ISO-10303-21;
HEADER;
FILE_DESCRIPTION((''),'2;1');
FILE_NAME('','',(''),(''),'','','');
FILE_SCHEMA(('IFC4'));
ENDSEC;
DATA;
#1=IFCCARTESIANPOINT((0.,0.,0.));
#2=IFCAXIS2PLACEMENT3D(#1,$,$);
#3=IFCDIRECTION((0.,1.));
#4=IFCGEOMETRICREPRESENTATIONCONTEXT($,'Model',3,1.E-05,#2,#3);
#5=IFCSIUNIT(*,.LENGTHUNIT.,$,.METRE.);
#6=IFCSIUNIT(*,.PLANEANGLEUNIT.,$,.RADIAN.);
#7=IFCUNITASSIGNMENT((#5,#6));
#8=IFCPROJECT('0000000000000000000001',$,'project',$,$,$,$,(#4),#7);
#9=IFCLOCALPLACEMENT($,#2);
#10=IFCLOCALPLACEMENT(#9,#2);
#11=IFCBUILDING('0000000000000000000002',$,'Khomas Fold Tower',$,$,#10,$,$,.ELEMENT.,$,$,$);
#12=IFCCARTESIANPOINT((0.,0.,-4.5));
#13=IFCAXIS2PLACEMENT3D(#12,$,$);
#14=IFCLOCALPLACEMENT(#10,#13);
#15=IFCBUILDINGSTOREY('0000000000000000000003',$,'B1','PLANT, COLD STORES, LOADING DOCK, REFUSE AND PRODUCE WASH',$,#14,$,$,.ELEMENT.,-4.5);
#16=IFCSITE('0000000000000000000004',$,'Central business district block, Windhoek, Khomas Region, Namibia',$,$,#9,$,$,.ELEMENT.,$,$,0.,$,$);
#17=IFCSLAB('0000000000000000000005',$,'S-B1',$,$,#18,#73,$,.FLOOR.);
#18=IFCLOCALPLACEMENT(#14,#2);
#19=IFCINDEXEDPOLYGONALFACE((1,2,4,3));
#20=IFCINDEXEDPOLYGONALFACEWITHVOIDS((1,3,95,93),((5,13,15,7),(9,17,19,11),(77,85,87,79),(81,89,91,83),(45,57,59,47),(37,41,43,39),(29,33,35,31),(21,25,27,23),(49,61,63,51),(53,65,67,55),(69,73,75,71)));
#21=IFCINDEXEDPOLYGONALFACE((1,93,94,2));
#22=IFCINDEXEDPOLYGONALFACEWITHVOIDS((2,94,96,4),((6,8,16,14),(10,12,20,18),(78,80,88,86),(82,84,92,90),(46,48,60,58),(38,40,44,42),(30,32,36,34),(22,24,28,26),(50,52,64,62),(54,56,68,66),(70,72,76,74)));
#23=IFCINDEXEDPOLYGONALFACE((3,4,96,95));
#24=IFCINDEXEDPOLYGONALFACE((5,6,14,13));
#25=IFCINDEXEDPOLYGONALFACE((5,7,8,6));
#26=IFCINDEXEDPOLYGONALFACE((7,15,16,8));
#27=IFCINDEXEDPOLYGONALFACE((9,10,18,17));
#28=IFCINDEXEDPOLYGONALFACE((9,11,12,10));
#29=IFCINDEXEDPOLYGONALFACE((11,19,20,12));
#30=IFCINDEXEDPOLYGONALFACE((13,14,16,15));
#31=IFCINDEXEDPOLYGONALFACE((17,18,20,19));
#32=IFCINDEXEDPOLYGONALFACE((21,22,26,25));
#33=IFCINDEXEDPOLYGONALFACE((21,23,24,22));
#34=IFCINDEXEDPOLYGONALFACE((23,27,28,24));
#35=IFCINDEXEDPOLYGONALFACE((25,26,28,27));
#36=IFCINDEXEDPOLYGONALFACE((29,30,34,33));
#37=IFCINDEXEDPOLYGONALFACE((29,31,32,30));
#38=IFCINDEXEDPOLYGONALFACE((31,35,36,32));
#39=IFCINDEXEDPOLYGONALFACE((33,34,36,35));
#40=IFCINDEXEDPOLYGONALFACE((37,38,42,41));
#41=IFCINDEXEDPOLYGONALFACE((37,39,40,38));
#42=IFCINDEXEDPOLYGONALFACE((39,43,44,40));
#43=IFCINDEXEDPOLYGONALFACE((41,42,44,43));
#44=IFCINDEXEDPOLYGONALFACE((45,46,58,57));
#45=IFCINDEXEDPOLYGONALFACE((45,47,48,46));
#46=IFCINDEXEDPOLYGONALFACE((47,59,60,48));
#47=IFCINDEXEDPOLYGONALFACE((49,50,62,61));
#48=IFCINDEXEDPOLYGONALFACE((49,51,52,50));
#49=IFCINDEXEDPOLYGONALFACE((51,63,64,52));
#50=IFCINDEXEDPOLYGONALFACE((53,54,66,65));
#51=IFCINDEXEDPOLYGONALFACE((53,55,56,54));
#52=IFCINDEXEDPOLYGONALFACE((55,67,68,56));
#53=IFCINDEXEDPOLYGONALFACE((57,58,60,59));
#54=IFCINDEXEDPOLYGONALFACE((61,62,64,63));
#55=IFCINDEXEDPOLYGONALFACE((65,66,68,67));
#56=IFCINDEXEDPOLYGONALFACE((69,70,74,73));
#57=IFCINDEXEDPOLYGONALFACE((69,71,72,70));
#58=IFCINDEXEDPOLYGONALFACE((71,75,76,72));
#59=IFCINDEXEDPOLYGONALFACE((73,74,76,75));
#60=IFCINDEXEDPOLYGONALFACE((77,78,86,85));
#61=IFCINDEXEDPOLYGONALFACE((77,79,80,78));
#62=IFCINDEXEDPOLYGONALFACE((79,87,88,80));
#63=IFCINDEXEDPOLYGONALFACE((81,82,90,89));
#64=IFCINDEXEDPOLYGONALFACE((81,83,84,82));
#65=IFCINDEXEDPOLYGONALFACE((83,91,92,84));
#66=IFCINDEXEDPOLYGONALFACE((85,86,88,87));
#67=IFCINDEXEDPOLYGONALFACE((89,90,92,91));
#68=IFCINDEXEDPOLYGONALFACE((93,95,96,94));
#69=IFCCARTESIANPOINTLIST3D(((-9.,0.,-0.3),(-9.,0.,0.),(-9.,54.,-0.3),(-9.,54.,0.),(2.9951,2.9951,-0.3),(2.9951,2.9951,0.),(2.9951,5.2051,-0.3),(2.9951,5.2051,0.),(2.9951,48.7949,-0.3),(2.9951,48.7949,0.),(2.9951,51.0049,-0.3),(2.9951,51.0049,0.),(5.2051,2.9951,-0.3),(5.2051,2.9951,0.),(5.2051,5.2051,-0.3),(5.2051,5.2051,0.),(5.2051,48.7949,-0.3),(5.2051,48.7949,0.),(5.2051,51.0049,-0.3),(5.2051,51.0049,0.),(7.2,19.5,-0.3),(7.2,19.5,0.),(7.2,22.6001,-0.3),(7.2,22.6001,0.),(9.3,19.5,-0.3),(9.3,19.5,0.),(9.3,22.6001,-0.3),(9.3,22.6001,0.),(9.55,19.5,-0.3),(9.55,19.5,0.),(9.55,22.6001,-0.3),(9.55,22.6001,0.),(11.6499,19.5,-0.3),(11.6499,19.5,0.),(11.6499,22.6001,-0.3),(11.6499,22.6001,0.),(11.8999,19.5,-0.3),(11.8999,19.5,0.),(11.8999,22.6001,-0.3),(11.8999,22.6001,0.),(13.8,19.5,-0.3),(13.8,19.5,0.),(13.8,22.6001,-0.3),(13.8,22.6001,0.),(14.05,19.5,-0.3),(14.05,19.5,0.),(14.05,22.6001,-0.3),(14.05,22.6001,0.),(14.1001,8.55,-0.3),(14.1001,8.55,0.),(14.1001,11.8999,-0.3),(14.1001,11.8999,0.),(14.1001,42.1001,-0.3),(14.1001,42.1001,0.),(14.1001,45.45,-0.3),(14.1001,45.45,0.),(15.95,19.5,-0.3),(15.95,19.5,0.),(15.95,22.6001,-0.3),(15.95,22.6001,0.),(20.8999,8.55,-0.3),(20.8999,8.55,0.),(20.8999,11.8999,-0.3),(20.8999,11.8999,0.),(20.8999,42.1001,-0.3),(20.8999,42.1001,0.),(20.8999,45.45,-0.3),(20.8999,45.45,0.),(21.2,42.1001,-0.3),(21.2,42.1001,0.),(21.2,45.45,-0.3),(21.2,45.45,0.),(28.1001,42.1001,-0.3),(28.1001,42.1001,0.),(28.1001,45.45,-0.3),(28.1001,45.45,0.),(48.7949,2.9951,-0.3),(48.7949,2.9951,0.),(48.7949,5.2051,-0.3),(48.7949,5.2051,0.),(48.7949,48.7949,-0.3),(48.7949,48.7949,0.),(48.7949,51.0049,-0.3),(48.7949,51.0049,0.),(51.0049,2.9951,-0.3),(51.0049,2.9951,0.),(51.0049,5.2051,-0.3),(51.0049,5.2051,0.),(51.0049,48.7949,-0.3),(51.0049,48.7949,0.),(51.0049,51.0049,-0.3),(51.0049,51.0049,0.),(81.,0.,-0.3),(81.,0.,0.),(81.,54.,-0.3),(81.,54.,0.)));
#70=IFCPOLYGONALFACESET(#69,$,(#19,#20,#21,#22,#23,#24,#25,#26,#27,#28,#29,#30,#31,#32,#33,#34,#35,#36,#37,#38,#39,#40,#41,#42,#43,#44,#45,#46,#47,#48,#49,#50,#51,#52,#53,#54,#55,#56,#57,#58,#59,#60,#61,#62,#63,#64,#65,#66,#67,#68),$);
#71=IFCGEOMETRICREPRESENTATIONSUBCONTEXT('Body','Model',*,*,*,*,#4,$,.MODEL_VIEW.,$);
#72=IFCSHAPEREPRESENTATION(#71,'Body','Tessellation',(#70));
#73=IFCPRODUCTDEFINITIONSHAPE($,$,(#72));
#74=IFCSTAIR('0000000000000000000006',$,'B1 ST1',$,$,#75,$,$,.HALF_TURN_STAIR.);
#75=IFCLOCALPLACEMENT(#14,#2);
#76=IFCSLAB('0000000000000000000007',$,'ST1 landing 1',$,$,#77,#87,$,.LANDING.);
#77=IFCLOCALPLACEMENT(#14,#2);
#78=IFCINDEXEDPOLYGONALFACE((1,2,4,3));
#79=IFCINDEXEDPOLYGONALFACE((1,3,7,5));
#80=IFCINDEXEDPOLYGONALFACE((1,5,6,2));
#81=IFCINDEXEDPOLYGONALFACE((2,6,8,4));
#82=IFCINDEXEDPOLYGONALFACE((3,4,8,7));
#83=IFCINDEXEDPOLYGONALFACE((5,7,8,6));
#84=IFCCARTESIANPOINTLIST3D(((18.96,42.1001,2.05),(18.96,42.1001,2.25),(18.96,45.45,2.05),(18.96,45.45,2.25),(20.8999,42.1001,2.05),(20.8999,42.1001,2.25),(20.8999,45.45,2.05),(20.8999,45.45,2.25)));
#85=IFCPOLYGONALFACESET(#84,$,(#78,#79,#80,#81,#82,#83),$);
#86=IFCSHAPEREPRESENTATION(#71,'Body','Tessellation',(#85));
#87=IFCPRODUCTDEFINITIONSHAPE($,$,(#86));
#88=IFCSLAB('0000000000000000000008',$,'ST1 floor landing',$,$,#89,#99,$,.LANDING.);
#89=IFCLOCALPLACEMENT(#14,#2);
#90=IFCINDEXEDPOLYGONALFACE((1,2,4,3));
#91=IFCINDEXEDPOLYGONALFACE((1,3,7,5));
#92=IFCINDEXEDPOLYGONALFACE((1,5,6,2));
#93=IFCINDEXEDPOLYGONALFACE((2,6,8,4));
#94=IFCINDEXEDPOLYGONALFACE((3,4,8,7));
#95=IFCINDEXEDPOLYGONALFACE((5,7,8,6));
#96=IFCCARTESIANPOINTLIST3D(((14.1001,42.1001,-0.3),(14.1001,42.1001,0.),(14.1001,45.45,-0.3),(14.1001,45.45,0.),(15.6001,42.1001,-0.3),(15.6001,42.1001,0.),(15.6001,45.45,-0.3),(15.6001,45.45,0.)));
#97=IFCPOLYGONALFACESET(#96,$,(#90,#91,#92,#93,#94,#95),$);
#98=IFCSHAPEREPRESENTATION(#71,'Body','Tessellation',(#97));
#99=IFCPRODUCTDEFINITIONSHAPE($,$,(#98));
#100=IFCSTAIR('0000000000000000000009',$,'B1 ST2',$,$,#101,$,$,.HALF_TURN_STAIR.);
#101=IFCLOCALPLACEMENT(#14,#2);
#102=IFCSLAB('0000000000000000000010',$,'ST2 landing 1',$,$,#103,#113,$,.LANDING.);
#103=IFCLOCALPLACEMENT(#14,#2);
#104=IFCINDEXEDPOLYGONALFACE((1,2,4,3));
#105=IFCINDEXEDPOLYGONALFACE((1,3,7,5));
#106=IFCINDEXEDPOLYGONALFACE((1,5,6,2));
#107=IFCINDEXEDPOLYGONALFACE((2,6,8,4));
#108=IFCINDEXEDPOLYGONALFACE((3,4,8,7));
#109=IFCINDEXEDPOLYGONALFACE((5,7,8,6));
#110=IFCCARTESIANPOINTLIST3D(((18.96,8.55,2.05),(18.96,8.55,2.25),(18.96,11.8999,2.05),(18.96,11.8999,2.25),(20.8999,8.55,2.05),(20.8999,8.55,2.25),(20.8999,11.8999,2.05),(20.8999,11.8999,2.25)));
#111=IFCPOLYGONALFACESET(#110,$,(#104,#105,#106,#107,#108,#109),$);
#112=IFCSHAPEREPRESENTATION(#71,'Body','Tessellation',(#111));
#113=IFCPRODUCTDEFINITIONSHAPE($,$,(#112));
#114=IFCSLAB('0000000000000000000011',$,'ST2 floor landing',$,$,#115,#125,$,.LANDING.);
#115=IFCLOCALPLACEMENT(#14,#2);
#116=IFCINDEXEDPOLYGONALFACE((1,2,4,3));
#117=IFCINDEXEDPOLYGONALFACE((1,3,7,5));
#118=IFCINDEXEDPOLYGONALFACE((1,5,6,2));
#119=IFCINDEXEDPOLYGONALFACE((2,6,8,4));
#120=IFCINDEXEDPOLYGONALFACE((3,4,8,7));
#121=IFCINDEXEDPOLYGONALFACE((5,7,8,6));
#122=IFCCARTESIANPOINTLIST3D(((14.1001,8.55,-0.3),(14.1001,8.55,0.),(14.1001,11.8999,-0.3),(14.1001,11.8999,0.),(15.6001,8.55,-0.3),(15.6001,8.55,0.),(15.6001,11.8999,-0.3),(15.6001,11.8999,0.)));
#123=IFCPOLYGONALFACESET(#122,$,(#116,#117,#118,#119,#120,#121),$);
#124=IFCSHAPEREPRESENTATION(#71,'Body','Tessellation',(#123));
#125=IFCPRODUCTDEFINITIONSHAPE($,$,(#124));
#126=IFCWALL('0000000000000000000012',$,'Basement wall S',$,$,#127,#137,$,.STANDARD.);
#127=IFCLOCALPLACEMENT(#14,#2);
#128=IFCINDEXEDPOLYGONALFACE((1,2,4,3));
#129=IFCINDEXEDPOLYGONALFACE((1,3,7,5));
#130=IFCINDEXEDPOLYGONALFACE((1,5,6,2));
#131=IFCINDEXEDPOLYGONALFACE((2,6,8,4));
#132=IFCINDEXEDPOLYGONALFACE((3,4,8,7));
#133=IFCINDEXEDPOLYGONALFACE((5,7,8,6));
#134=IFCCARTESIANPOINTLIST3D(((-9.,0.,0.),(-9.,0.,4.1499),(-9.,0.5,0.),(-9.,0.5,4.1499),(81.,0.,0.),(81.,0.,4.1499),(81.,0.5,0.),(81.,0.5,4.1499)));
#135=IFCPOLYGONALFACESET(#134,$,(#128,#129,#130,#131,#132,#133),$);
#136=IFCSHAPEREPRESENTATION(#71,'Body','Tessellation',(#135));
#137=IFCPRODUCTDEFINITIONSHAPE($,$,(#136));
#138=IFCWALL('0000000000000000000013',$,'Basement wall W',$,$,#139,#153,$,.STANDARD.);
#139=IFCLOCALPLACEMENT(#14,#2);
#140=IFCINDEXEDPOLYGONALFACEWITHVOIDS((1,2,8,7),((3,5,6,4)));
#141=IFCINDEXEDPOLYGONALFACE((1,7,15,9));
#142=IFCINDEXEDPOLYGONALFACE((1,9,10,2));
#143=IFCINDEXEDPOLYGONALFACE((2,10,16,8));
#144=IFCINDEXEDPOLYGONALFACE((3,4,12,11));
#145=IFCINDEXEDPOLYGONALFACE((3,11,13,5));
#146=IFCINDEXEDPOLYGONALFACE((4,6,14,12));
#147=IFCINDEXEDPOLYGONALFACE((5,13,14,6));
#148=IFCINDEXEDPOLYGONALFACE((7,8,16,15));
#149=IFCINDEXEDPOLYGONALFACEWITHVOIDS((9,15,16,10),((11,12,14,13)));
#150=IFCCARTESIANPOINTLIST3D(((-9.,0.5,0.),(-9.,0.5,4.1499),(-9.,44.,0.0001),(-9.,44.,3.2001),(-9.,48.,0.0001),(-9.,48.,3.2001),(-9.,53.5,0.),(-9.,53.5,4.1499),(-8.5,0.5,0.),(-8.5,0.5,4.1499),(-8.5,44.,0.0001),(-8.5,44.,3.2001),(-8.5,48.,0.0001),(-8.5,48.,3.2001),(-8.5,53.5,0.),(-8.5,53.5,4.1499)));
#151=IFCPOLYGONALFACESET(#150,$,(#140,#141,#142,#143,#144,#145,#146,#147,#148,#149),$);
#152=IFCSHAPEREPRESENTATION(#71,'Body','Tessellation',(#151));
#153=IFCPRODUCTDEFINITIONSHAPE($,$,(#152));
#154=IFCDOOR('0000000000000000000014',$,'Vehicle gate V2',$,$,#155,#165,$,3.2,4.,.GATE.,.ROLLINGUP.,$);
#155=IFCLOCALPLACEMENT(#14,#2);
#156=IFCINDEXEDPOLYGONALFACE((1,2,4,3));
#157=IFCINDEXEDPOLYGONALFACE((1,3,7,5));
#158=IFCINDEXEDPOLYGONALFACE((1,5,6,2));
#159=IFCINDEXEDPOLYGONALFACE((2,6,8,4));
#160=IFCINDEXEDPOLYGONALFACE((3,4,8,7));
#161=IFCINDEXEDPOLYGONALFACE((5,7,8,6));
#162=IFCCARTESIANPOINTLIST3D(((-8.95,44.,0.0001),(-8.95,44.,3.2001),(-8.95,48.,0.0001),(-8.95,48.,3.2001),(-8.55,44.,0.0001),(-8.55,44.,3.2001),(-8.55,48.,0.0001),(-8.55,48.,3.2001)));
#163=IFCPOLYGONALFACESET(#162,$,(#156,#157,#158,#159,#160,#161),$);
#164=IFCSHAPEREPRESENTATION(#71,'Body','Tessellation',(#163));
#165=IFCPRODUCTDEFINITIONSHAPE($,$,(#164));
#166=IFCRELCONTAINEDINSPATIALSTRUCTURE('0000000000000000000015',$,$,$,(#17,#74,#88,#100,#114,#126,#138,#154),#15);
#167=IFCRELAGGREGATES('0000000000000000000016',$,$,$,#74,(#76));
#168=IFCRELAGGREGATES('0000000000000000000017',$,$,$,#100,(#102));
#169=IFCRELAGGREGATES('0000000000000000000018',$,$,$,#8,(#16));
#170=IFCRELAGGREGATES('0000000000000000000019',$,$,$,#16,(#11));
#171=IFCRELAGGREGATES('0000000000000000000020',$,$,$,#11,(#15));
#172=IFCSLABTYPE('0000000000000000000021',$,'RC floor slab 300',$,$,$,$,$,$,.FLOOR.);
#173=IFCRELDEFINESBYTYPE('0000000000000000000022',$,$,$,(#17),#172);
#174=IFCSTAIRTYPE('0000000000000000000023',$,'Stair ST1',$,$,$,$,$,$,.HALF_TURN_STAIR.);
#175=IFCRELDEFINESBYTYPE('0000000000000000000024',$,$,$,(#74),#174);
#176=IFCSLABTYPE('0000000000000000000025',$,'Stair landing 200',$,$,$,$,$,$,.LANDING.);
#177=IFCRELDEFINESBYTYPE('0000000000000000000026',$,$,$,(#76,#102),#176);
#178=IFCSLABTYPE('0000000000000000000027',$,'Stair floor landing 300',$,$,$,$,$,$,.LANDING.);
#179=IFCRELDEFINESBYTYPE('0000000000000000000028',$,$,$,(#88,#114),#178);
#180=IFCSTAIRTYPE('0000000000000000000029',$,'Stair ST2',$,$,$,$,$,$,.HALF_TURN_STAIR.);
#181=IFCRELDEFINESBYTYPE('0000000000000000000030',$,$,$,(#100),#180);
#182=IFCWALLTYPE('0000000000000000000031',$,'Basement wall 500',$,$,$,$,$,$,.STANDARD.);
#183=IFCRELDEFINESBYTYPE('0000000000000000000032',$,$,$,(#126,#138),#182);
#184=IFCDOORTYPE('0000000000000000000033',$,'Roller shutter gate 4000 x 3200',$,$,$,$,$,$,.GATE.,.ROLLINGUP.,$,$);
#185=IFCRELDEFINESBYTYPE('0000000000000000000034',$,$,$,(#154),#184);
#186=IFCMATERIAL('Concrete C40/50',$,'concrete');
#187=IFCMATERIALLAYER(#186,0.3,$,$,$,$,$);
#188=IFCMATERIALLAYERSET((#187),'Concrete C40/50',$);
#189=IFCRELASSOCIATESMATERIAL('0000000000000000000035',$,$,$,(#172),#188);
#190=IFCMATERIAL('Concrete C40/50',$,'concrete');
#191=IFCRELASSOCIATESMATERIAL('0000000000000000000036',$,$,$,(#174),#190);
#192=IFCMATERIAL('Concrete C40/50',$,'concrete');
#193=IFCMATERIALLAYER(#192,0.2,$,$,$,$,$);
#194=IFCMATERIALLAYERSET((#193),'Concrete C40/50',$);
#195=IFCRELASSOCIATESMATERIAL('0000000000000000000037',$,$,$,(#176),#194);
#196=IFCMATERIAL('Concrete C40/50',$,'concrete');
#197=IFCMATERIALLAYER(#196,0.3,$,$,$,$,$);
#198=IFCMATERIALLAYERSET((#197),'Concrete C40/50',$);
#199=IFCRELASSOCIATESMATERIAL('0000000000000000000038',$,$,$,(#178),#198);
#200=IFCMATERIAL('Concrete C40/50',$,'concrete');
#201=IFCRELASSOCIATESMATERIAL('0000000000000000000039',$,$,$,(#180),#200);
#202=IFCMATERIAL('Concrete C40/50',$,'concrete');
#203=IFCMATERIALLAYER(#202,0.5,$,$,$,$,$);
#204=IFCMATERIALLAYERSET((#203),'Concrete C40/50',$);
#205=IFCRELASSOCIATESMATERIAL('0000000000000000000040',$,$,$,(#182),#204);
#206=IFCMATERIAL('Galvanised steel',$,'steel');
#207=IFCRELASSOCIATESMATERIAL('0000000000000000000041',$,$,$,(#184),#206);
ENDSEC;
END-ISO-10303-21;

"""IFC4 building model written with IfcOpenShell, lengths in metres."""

from ifc_helpers import new_model, si_unit, direction, frame, frame_2d, origin, place, context, subcontext, project, spatial, polyline, rectangle, outline, extrude, source, transform, mapped, material, layer, layer_set, type_object, element, fill, aggregate, save


model = new_model("IFC4")

# Units and contexts
model_context = context("Model", 3, precision=1e-05, world=origin(), true_north=direction((0.0, 1.0)))
body_context = subcontext(model_context, "Body", "Model", "MODEL_VIEW")
ifc_project = project(units=[si_unit("LENGTHUNIT", "METRE"), si_unit("PLANEANGLEUNIT", "RADIAN")], contexts=[model_context])

# Site, building, storey
site_placement = place(None, origin())
site = spatial("IfcSite", under=ifc_project, at=site_placement, Name="Central business district block, Windhoek, Khomas Region, Namibia", CompositionType="ELEMENT", RefElevation=0.0)
building_placement = place(site_placement, origin())
building = spatial("IfcBuilding", under=site, at=building_placement, Name="Khomas Fold Tower", CompositionType="ELEMENT")
storey_placement = place(building_placement, frame((0.0, 0.0, -4.5)))
storey = spatial("IfcBuildingStorey", under=building, at=storey_placement, Name="B1", Description="PLANT, COLD STORES, LOADING DOCK, REFUSE AND PRODUCE WASH", CompositionType="ELEMENT", Elevation=-4.5)

# Slab
ifc_material_1 = material(Name="Concrete C40/50", Category="concrete")
ifc_layer_1 = layer(ifc_material_1, 0.3)
ifc_layer_set_1 = layer_set([ifc_layer_1], Name="Concrete C40/50")
slab_type_1 = type_object("IfcSlabType", Name="RC floor slab 300", PredefinedType="FLOOR", material=ifc_layer_set_1)
shared_shape_1 = source(origin(), body_context, "Body", "SweptSolid", [
    extrude(outline(polyline([(-9.0, 0.0), (81.0, 0.0), (81.0, 54.0), (-9.0, 54.0), (-9.0, 0.0)]), holes=[polyline([(2.9951, 2.9951), (2.9951, 5.2051), (5.2051, 5.2051), (5.2051, 2.9951), (2.9951, 2.9951)]), polyline([(2.9951, 48.7949), (2.9951, 51.0049), (5.2051, 51.0049), (5.2051, 48.7949), (2.9951, 48.7949)]), polyline([(7.2, 19.5), (7.2, 22.6001), (9.3, 22.6001), (9.3, 19.5), (7.2, 19.5)]), polyline([(9.55, 19.5), (9.55, 22.6001), (11.6499, 22.6001), (11.6499, 19.5), (9.55, 19.5)]), polyline([(11.8999, 19.5), (11.8999, 22.6001), (13.8, 22.6001), (13.8, 19.5), (11.8999, 19.5)]), polyline([(14.05, 19.5), (14.05, 22.6001), (15.95, 22.6001), (15.95, 19.5), (14.05, 19.5)]), polyline([(14.1001, 8.55), (14.1001, 11.8999), (20.8999, 11.8999), (20.8999, 8.55), (14.1001, 8.55)]), polyline([(14.1001, 42.1001), (14.1001, 45.45), (20.8999, 45.45), (20.8999, 42.1001), (14.1001, 42.1001)]), polyline([(21.2, 42.1001), (21.2, 45.45), (28.1001, 45.45), (28.1001, 42.1001), (21.2, 42.1001)]), polyline([(48.7949, 2.9951), (48.7949, 5.2051), (51.0049, 5.2051), (51.0049, 2.9951), (48.7949, 2.9951)]), polyline([(48.7949, 48.7949), (48.7949, 51.0049), (51.0049, 51.0049), (51.0049, 48.7949), (48.7949, 48.7949)])]), origin(), (0.0, 0.0, 1.0), 0.3),
])
slab_1_placement = place(storey_placement, frame((0.0, 0.0, -0.3)))
element("IfcSlab", 1, at=slab_1_placement, inside=storey, type_object=slab_type_1, Name="S-B1", PredefinedType="FLOOR", context=body_context, shape_type="MappedRepresentation", body=[
    mapped(shared_shape_1, transform((0.0, 0.0, 0.0))),
])

# Stair, slab
ifc_material_2 = material(Name="Concrete C40/50", Category="concrete")
stair_type_1 = type_object("IfcStairType", Name="Stair ST1", PredefinedType="HALF_TURN_STAIR", material=ifc_material_2)
stair_1_placement = place(storey_placement, origin())
stair_1 = element("IfcStair", 2, at=stair_1_placement, inside=storey, type_object=stair_type_1, Name="B1 ST1", PredefinedType="HALF_TURN_STAIR")
ifc_material_3 = material(Name="Concrete C40/50", Category="concrete")
ifc_layer_2 = layer(ifc_material_3, 0.2)
ifc_layer_set_2 = layer_set([ifc_layer_2], Name="Concrete C40/50")
slab_type_2 = type_object("IfcSlabType", Name="Stair landing 200", PredefinedType="LANDING", material=ifc_layer_set_2)
shared_shape_2 = source(origin(), body_context, "Body", "SweptSolid", [
    extrude(outline(polyline([(18.96, 42.1001), (20.8999, 42.1001), (20.8999, 45.45), (18.96, 45.45), (18.96, 42.1001)])), origin(), (0.0, 0.0, 1.0), 0.2),
])
slab_2_placement = place(storey_placement, frame((0.0, 0.0, 2.05)))
slab_2 = element("IfcSlab", 3, at=slab_2_placement, type_object=slab_type_2, Name="ST1 landing 1", PredefinedType="LANDING", context=body_context, shape_type="MappedRepresentation", body=[
    mapped(shared_shape_2, transform((0.0, 0.0, 0.0))),
])
aggregate(stair_1, [slab_2])

# Slab
ifc_material_4 = material(Name="Concrete C40/50", Category="concrete")
ifc_layer_3 = layer(ifc_material_4, 0.3)
ifc_layer_set_3 = layer_set([ifc_layer_3], Name="Concrete C40/50")
slab_type_3 = type_object("IfcSlabType", Name="Stair floor landing 300", PredefinedType="LANDING", material=ifc_layer_set_3)
shared_shape_3 = source(origin(), body_context, "Body", "SweptSolid", [
    extrude(outline(polyline([(14.1001, 45.45), (15.6001, 45.45), (15.6001, 42.1001), (14.1001, 42.1001), (14.1001, 45.45)])), origin(), (0.0, 0.0, 1.0), 0.3),
])
slab_3_placement = place(storey_placement, frame((0.0, 0.0, -0.3)))
element("IfcSlab", 4, at=slab_3_placement, inside=storey, type_object=slab_type_3, Name="ST1 floor landing", PredefinedType="LANDING", context=body_context, shape_type="MappedRepresentation", body=[
    mapped(shared_shape_3, transform((0.0, 0.0, 0.0))),
])

# Stair, slab
ifc_material_5 = material(Name="Concrete C40/50", Category="concrete")
stair_type_2 = type_object("IfcStairType", Name="Stair ST2", PredefinedType="HALF_TURN_STAIR", material=ifc_material_5)
stair_2_placement = place(storey_placement, origin())
stair_2 = element("IfcStair", 5, at=stair_2_placement, inside=storey, type_object=stair_type_2, Name="B1 ST2", PredefinedType="HALF_TURN_STAIR")
shared_shape_4 = source(origin(), body_context, "Body", "SweptSolid", [
    extrude(outline(polyline([(18.96, 8.55), (20.8999, 8.55), (20.8999, 11.8999), (18.96, 11.8999), (18.96, 8.55)])), origin(), (0.0, 0.0, 1.0), 0.2),
])
slab_4_placement = place(storey_placement, frame((0.0, 0.0, 2.05)))
slab_4 = element("IfcSlab", 6, at=slab_4_placement, type_object=slab_type_2, Name="ST2 landing 1", PredefinedType="LANDING", context=body_context, shape_type="MappedRepresentation", body=[
    mapped(shared_shape_4, transform((0.0, 0.0, 0.0))),
])
aggregate(stair_2, [slab_4])

# Slab
shared_shape_5 = source(origin(), body_context, "Body", "SweptSolid", [
    extrude(outline(polyline([(14.1001, 11.8999), (15.6001, 11.8999), (15.6001, 8.55), (14.1001, 8.55), (14.1001, 11.8999)])), origin(), (0.0, 0.0, 1.0), 0.3),
])
slab_5_placement = place(storey_placement, frame((0.0, 0.0, -0.3)))
element("IfcSlab", 7, at=slab_5_placement, inside=storey, type_object=slab_type_3, Name="ST2 floor landing", PredefinedType="LANDING", context=body_context, shape_type="MappedRepresentation", body=[
    mapped(shared_shape_5, transform((0.0, 0.0, 0.0))),
])

# Wall
ifc_material_6 = material(Name="Concrete C40/50", Category="concrete")
ifc_layer_4 = layer(ifc_material_6, 0.5)
ifc_layer_set_4 = layer_set([ifc_layer_4], Name="Concrete C40/50")
wall_type_1 = type_object("IfcWallType", Name="Basement wall 500", PredefinedType="STANDARD", material=ifc_layer_set_4)
shared_shape_6 = source(origin(), body_context, "Body", "SweptSolid", [
    extrude(rectangle(XDim=90.0, YDim=0.5, at=frame_2d((45.0, 0.0))), origin(), (0.0, 0.0, 1.0), 4.1499),
])
wall_1_placement = place(storey_placement, frame((-9.0, 0.25, 0.0), z_axis=(0.0, 0.0, 1.0), x_axis=(1.0, 0.0, 0.0)))
element("IfcWall", 8, at=wall_1_placement, inside=storey, type_object=wall_type_1, Name="Basement wall S", PredefinedType="STANDARD", context=body_context, shape_type="MappedRepresentation", body=[
    mapped(shared_shape_6, transform((0.0, 0.0, 0.0))),
])

# Wall, opening, door
shared_shape_7 = source(origin(), body_context, "Body", "SweptSolid", [
    extrude(rectangle(XDim=53.0, YDim=0.5, at=frame_2d((26.5, 0.0))), origin(), (0.0, 0.0, 1.0), 4.1499),
])
wall_2_placement = place(storey_placement, frame((-8.75, 0.5, 0.0), z_axis=(0.0, 0.0, 1.0), x_axis=(0.0, 1.0, 0.0)))
wall_2 = element("IfcWall", 9, at=wall_2_placement, inside=storey, type_object=wall_type_1, Name="Basement wall W", PredefinedType="STANDARD", context=body_context, shape_type="MappedRepresentation", body=[
    mapped(shared_shape_7, transform((0.0, 0.0, 0.0))),
])
shared_shape_8 = source(origin(), body_context, "Body", "SweptSolid", [
    extrude(rectangle(XDim=4.0, YDim=3.2, at=frame_2d((2.0, 1.6001))), frame((0.0, 0.26, 0.0), z_axis=(0.0, -1.0, 0.0), x_axis=(1.0, 0.0, 0.0)), (0.0, 0.0, 1.0), 0.52),
])
opening_placement = place(wall_2_placement, frame((43.5, 0.0, 0.0)))
opening = element("IfcOpeningElement", 10, at=opening_placement, cuts=wall_2, PredefinedType="OPENING", context=body_context, shape_type="MappedRepresentation", body=[
    mapped(shared_shape_8, transform((0.0, 0.0, 0.0))),
])
ifc_material_7 = material(Name="Galvanised steel", Category="steel")
door_type = type_object("IfcDoorType", Name="Roller shutter gate 4000 x 3200", OperationType="ROLLINGUP", PredefinedType="GATE", material=ifc_material_7)
shared_shape_9 = source(origin(), body_context, "Body", "SweptSolid", [
    extrude(rectangle(XDim=4.0, YDim=3.2, at=frame_2d((2.0, 1.6001))), frame((0.0, 0.2, 0.0), z_axis=(0.0, -1.0, 0.0), x_axis=(1.0, 0.0, 0.0)), (0.0, 0.0, 1.0), 0.3999),
])
door_placement = place(opening_placement, origin())
door = element("IfcDoor", 11, at=door_placement, inside=storey, type_object=door_type, Name="Vehicle gate V2", OperationType="ROLLINGUP", OverallHeight=3.2, OverallWidth=4.0, PredefinedType="GATE", context=body_context, shape_type="MappedRepresentation", body=[
    mapped(shared_shape_9, transform((0.0, 0.0, 0.0))),
])
fill(opening, door)

save(model, "model.ifc")
